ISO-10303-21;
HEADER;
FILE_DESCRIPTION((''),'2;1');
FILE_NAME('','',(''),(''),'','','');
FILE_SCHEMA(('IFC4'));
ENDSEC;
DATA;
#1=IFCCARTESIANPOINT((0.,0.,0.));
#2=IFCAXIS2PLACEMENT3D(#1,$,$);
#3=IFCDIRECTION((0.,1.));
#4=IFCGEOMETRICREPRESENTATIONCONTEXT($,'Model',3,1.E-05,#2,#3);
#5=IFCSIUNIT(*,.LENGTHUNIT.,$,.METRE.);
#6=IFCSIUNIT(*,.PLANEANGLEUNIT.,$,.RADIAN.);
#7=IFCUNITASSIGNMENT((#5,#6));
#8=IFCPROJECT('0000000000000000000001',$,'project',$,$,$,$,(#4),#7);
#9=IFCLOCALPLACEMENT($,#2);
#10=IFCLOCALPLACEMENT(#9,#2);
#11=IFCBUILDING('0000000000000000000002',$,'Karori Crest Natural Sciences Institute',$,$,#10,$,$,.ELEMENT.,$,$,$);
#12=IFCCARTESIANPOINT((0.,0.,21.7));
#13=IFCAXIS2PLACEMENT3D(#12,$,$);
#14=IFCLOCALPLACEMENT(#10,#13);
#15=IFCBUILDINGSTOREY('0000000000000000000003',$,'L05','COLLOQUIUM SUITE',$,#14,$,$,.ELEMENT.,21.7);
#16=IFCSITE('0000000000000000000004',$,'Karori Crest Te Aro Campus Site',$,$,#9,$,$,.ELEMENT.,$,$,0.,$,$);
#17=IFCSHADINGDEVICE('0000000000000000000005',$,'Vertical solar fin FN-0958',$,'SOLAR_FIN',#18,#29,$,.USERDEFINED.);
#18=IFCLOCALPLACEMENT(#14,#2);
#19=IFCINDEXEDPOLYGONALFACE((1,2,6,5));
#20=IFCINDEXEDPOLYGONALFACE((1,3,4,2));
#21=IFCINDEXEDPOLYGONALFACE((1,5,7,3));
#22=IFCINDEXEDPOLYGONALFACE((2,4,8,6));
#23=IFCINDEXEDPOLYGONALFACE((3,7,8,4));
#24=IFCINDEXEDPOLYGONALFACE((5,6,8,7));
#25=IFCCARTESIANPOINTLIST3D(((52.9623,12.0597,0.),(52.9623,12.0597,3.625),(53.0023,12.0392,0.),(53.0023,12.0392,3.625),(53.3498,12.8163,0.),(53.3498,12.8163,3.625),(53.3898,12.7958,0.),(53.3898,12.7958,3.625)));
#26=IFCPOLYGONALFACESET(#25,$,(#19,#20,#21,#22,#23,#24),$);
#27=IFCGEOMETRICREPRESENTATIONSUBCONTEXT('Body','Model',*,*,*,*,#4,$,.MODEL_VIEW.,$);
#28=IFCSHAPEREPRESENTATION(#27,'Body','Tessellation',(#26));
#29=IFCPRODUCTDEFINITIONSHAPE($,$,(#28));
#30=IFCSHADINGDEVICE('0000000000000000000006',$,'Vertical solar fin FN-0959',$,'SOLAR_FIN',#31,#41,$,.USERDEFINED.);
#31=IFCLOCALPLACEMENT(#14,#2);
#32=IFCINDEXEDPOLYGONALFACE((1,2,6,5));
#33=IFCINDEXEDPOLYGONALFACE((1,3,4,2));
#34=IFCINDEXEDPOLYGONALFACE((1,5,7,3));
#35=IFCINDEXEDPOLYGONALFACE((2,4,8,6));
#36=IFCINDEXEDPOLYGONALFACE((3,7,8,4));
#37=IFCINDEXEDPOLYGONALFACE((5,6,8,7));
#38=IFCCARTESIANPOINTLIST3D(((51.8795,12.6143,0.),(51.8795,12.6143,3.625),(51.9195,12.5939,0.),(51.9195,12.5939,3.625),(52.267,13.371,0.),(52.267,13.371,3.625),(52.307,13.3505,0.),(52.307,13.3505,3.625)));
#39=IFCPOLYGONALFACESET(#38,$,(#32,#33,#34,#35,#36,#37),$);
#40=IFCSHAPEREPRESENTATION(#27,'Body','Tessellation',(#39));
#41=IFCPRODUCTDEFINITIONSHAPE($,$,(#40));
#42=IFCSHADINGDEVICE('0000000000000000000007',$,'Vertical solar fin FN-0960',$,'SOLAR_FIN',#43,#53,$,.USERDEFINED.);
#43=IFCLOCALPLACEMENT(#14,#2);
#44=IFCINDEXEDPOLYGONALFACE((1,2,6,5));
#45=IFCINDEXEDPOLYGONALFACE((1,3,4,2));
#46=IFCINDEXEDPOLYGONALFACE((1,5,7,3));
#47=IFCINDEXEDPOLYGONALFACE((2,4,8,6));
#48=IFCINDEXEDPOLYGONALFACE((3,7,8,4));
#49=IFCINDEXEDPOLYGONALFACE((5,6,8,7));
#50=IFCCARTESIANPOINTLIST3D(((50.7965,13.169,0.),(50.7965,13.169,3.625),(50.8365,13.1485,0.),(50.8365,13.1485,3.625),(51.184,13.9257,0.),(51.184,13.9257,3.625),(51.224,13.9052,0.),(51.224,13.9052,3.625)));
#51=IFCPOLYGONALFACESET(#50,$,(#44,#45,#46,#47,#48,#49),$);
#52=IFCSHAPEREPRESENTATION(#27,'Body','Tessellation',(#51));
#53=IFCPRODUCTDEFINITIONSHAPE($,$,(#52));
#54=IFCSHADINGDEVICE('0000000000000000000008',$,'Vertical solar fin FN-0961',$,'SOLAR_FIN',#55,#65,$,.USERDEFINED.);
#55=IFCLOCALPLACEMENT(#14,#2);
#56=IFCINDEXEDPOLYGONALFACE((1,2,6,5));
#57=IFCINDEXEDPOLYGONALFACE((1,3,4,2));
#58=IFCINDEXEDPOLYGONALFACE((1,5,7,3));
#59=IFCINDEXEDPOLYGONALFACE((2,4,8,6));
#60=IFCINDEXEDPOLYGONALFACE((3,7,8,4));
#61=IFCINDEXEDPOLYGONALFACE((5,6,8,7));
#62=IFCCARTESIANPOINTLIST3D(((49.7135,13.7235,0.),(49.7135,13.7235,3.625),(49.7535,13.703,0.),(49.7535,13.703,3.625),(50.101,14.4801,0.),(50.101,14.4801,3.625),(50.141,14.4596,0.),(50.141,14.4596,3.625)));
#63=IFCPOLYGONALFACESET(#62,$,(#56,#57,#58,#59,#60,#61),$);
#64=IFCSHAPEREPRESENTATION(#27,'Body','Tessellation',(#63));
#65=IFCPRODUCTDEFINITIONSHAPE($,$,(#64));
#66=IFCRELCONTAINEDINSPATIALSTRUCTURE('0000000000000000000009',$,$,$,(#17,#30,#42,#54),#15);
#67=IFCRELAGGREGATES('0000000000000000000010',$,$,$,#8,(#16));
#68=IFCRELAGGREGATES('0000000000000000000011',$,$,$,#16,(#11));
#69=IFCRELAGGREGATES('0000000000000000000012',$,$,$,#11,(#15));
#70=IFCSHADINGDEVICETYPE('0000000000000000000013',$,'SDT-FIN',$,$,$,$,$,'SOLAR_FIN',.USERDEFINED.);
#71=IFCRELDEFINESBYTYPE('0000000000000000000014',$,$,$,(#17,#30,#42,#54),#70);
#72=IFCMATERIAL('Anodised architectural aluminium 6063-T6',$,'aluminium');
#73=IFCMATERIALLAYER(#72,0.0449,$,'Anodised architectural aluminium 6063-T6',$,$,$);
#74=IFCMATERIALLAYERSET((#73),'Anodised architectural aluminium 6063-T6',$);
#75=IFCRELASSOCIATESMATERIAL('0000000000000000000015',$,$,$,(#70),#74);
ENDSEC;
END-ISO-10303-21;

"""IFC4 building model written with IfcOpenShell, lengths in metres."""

from ifc_helpers import new_model, si_unit, direction, frame, origin, origin_2d, place, context, subcontext, project, spatial, rectangle, extrude, material, layer, layer_set, type_object, element, save


model = new_model("IFC4")

# Units and contexts
model_context = context("Model", 3, precision=1e-05, world=origin(), true_north=direction((0.0, 1.0)))
body_context = subcontext(model_context, "Body", "Model", "MODEL_VIEW")
ifc_project = project(units=[si_unit("LENGTHUNIT", "METRE"), si_unit("PLANEANGLEUNIT", "RADIAN")], contexts=[model_context])

# Site, building, storey
site_placement = place(None, origin())
site = spatial("IfcSite", under=ifc_project, at=site_placement, Name="Karori Crest Te Aro Campus Site", CompositionType="ELEMENT", RefElevation=0.0)
building_placement = place(site_placement, origin())
building = spatial("IfcBuilding", under=site, at=building_placement, Name="Karori Crest Natural Sciences Institute", CompositionType="ELEMENT")
storey_placement = place(building_placement, frame((0.0, 0.0, 21.7)))
storey = spatial("IfcBuildingStorey", under=building, at=storey_placement, Name="L05", Description="COLLOQUIUM SUITE", CompositionType="ELEMENT", Elevation=21.7)

# Shared definitions
ifc_material_1 = material(Name="Anodised architectural aluminium 6063-T6", Category="aluminium")

# Shading devices
ifc_layer_1 = layer(ifc_material_1, 0.0449, Name="Anodised architectural aluminium 6063-T6")
ifc_layer_set_1 = layer_set([ifc_layer_1], Name="Anodised architectural aluminium 6063-T6")
shading_device_type = type_object("IfcShadingDeviceType", Name="SDT-FIN", ElementType="SOLAR_FIN", PredefinedType="USERDEFINED", material=ifc_layer_set_1)
for number, where, z_axis, x_axis, name in (
    (1, (53.176, 12.4277, 0.0), (0.0, 0.0, 1.0), (-0.455829, -0.890067, 0.0), "Vertical solar fin FN-0958"),
    (2, (52.0933, 12.9824, 0.0), (0.0, 0.0, 1.0), (-0.455829, -0.890067, 0.0), "Vertical solar fin FN-0959"),
    (3, (51.0103, 13.5371, 0.0), (0.0, 0.0, 1.0), (-0.455829, -0.890067, 0.0), "Vertical solar fin FN-0960"),
    (4, (49.9272, 14.0916, 0.0), (0.0, 0.0, 1.0), (-0.455829, -0.890067, 0.0), "Vertical solar fin FN-0961"),
):
    element("IfcShadingDevice", number, at=place(storey_placement, frame(where, z_axis=z_axis, x_axis=x_axis)), inside=storey, type_object=shading_device_type, Name=name, ObjectType="SOLAR_FIN", PredefinedType="USERDEFINED", context=body_context, shape_type="SweptSolid", body=[
        extrude(rectangle(XDim=0.8501, YDim=0.0449, at=origin_2d()), origin(), (0.0, 0.0, 1.0), 3.625),
    ])

save(model, "model.ifc")
